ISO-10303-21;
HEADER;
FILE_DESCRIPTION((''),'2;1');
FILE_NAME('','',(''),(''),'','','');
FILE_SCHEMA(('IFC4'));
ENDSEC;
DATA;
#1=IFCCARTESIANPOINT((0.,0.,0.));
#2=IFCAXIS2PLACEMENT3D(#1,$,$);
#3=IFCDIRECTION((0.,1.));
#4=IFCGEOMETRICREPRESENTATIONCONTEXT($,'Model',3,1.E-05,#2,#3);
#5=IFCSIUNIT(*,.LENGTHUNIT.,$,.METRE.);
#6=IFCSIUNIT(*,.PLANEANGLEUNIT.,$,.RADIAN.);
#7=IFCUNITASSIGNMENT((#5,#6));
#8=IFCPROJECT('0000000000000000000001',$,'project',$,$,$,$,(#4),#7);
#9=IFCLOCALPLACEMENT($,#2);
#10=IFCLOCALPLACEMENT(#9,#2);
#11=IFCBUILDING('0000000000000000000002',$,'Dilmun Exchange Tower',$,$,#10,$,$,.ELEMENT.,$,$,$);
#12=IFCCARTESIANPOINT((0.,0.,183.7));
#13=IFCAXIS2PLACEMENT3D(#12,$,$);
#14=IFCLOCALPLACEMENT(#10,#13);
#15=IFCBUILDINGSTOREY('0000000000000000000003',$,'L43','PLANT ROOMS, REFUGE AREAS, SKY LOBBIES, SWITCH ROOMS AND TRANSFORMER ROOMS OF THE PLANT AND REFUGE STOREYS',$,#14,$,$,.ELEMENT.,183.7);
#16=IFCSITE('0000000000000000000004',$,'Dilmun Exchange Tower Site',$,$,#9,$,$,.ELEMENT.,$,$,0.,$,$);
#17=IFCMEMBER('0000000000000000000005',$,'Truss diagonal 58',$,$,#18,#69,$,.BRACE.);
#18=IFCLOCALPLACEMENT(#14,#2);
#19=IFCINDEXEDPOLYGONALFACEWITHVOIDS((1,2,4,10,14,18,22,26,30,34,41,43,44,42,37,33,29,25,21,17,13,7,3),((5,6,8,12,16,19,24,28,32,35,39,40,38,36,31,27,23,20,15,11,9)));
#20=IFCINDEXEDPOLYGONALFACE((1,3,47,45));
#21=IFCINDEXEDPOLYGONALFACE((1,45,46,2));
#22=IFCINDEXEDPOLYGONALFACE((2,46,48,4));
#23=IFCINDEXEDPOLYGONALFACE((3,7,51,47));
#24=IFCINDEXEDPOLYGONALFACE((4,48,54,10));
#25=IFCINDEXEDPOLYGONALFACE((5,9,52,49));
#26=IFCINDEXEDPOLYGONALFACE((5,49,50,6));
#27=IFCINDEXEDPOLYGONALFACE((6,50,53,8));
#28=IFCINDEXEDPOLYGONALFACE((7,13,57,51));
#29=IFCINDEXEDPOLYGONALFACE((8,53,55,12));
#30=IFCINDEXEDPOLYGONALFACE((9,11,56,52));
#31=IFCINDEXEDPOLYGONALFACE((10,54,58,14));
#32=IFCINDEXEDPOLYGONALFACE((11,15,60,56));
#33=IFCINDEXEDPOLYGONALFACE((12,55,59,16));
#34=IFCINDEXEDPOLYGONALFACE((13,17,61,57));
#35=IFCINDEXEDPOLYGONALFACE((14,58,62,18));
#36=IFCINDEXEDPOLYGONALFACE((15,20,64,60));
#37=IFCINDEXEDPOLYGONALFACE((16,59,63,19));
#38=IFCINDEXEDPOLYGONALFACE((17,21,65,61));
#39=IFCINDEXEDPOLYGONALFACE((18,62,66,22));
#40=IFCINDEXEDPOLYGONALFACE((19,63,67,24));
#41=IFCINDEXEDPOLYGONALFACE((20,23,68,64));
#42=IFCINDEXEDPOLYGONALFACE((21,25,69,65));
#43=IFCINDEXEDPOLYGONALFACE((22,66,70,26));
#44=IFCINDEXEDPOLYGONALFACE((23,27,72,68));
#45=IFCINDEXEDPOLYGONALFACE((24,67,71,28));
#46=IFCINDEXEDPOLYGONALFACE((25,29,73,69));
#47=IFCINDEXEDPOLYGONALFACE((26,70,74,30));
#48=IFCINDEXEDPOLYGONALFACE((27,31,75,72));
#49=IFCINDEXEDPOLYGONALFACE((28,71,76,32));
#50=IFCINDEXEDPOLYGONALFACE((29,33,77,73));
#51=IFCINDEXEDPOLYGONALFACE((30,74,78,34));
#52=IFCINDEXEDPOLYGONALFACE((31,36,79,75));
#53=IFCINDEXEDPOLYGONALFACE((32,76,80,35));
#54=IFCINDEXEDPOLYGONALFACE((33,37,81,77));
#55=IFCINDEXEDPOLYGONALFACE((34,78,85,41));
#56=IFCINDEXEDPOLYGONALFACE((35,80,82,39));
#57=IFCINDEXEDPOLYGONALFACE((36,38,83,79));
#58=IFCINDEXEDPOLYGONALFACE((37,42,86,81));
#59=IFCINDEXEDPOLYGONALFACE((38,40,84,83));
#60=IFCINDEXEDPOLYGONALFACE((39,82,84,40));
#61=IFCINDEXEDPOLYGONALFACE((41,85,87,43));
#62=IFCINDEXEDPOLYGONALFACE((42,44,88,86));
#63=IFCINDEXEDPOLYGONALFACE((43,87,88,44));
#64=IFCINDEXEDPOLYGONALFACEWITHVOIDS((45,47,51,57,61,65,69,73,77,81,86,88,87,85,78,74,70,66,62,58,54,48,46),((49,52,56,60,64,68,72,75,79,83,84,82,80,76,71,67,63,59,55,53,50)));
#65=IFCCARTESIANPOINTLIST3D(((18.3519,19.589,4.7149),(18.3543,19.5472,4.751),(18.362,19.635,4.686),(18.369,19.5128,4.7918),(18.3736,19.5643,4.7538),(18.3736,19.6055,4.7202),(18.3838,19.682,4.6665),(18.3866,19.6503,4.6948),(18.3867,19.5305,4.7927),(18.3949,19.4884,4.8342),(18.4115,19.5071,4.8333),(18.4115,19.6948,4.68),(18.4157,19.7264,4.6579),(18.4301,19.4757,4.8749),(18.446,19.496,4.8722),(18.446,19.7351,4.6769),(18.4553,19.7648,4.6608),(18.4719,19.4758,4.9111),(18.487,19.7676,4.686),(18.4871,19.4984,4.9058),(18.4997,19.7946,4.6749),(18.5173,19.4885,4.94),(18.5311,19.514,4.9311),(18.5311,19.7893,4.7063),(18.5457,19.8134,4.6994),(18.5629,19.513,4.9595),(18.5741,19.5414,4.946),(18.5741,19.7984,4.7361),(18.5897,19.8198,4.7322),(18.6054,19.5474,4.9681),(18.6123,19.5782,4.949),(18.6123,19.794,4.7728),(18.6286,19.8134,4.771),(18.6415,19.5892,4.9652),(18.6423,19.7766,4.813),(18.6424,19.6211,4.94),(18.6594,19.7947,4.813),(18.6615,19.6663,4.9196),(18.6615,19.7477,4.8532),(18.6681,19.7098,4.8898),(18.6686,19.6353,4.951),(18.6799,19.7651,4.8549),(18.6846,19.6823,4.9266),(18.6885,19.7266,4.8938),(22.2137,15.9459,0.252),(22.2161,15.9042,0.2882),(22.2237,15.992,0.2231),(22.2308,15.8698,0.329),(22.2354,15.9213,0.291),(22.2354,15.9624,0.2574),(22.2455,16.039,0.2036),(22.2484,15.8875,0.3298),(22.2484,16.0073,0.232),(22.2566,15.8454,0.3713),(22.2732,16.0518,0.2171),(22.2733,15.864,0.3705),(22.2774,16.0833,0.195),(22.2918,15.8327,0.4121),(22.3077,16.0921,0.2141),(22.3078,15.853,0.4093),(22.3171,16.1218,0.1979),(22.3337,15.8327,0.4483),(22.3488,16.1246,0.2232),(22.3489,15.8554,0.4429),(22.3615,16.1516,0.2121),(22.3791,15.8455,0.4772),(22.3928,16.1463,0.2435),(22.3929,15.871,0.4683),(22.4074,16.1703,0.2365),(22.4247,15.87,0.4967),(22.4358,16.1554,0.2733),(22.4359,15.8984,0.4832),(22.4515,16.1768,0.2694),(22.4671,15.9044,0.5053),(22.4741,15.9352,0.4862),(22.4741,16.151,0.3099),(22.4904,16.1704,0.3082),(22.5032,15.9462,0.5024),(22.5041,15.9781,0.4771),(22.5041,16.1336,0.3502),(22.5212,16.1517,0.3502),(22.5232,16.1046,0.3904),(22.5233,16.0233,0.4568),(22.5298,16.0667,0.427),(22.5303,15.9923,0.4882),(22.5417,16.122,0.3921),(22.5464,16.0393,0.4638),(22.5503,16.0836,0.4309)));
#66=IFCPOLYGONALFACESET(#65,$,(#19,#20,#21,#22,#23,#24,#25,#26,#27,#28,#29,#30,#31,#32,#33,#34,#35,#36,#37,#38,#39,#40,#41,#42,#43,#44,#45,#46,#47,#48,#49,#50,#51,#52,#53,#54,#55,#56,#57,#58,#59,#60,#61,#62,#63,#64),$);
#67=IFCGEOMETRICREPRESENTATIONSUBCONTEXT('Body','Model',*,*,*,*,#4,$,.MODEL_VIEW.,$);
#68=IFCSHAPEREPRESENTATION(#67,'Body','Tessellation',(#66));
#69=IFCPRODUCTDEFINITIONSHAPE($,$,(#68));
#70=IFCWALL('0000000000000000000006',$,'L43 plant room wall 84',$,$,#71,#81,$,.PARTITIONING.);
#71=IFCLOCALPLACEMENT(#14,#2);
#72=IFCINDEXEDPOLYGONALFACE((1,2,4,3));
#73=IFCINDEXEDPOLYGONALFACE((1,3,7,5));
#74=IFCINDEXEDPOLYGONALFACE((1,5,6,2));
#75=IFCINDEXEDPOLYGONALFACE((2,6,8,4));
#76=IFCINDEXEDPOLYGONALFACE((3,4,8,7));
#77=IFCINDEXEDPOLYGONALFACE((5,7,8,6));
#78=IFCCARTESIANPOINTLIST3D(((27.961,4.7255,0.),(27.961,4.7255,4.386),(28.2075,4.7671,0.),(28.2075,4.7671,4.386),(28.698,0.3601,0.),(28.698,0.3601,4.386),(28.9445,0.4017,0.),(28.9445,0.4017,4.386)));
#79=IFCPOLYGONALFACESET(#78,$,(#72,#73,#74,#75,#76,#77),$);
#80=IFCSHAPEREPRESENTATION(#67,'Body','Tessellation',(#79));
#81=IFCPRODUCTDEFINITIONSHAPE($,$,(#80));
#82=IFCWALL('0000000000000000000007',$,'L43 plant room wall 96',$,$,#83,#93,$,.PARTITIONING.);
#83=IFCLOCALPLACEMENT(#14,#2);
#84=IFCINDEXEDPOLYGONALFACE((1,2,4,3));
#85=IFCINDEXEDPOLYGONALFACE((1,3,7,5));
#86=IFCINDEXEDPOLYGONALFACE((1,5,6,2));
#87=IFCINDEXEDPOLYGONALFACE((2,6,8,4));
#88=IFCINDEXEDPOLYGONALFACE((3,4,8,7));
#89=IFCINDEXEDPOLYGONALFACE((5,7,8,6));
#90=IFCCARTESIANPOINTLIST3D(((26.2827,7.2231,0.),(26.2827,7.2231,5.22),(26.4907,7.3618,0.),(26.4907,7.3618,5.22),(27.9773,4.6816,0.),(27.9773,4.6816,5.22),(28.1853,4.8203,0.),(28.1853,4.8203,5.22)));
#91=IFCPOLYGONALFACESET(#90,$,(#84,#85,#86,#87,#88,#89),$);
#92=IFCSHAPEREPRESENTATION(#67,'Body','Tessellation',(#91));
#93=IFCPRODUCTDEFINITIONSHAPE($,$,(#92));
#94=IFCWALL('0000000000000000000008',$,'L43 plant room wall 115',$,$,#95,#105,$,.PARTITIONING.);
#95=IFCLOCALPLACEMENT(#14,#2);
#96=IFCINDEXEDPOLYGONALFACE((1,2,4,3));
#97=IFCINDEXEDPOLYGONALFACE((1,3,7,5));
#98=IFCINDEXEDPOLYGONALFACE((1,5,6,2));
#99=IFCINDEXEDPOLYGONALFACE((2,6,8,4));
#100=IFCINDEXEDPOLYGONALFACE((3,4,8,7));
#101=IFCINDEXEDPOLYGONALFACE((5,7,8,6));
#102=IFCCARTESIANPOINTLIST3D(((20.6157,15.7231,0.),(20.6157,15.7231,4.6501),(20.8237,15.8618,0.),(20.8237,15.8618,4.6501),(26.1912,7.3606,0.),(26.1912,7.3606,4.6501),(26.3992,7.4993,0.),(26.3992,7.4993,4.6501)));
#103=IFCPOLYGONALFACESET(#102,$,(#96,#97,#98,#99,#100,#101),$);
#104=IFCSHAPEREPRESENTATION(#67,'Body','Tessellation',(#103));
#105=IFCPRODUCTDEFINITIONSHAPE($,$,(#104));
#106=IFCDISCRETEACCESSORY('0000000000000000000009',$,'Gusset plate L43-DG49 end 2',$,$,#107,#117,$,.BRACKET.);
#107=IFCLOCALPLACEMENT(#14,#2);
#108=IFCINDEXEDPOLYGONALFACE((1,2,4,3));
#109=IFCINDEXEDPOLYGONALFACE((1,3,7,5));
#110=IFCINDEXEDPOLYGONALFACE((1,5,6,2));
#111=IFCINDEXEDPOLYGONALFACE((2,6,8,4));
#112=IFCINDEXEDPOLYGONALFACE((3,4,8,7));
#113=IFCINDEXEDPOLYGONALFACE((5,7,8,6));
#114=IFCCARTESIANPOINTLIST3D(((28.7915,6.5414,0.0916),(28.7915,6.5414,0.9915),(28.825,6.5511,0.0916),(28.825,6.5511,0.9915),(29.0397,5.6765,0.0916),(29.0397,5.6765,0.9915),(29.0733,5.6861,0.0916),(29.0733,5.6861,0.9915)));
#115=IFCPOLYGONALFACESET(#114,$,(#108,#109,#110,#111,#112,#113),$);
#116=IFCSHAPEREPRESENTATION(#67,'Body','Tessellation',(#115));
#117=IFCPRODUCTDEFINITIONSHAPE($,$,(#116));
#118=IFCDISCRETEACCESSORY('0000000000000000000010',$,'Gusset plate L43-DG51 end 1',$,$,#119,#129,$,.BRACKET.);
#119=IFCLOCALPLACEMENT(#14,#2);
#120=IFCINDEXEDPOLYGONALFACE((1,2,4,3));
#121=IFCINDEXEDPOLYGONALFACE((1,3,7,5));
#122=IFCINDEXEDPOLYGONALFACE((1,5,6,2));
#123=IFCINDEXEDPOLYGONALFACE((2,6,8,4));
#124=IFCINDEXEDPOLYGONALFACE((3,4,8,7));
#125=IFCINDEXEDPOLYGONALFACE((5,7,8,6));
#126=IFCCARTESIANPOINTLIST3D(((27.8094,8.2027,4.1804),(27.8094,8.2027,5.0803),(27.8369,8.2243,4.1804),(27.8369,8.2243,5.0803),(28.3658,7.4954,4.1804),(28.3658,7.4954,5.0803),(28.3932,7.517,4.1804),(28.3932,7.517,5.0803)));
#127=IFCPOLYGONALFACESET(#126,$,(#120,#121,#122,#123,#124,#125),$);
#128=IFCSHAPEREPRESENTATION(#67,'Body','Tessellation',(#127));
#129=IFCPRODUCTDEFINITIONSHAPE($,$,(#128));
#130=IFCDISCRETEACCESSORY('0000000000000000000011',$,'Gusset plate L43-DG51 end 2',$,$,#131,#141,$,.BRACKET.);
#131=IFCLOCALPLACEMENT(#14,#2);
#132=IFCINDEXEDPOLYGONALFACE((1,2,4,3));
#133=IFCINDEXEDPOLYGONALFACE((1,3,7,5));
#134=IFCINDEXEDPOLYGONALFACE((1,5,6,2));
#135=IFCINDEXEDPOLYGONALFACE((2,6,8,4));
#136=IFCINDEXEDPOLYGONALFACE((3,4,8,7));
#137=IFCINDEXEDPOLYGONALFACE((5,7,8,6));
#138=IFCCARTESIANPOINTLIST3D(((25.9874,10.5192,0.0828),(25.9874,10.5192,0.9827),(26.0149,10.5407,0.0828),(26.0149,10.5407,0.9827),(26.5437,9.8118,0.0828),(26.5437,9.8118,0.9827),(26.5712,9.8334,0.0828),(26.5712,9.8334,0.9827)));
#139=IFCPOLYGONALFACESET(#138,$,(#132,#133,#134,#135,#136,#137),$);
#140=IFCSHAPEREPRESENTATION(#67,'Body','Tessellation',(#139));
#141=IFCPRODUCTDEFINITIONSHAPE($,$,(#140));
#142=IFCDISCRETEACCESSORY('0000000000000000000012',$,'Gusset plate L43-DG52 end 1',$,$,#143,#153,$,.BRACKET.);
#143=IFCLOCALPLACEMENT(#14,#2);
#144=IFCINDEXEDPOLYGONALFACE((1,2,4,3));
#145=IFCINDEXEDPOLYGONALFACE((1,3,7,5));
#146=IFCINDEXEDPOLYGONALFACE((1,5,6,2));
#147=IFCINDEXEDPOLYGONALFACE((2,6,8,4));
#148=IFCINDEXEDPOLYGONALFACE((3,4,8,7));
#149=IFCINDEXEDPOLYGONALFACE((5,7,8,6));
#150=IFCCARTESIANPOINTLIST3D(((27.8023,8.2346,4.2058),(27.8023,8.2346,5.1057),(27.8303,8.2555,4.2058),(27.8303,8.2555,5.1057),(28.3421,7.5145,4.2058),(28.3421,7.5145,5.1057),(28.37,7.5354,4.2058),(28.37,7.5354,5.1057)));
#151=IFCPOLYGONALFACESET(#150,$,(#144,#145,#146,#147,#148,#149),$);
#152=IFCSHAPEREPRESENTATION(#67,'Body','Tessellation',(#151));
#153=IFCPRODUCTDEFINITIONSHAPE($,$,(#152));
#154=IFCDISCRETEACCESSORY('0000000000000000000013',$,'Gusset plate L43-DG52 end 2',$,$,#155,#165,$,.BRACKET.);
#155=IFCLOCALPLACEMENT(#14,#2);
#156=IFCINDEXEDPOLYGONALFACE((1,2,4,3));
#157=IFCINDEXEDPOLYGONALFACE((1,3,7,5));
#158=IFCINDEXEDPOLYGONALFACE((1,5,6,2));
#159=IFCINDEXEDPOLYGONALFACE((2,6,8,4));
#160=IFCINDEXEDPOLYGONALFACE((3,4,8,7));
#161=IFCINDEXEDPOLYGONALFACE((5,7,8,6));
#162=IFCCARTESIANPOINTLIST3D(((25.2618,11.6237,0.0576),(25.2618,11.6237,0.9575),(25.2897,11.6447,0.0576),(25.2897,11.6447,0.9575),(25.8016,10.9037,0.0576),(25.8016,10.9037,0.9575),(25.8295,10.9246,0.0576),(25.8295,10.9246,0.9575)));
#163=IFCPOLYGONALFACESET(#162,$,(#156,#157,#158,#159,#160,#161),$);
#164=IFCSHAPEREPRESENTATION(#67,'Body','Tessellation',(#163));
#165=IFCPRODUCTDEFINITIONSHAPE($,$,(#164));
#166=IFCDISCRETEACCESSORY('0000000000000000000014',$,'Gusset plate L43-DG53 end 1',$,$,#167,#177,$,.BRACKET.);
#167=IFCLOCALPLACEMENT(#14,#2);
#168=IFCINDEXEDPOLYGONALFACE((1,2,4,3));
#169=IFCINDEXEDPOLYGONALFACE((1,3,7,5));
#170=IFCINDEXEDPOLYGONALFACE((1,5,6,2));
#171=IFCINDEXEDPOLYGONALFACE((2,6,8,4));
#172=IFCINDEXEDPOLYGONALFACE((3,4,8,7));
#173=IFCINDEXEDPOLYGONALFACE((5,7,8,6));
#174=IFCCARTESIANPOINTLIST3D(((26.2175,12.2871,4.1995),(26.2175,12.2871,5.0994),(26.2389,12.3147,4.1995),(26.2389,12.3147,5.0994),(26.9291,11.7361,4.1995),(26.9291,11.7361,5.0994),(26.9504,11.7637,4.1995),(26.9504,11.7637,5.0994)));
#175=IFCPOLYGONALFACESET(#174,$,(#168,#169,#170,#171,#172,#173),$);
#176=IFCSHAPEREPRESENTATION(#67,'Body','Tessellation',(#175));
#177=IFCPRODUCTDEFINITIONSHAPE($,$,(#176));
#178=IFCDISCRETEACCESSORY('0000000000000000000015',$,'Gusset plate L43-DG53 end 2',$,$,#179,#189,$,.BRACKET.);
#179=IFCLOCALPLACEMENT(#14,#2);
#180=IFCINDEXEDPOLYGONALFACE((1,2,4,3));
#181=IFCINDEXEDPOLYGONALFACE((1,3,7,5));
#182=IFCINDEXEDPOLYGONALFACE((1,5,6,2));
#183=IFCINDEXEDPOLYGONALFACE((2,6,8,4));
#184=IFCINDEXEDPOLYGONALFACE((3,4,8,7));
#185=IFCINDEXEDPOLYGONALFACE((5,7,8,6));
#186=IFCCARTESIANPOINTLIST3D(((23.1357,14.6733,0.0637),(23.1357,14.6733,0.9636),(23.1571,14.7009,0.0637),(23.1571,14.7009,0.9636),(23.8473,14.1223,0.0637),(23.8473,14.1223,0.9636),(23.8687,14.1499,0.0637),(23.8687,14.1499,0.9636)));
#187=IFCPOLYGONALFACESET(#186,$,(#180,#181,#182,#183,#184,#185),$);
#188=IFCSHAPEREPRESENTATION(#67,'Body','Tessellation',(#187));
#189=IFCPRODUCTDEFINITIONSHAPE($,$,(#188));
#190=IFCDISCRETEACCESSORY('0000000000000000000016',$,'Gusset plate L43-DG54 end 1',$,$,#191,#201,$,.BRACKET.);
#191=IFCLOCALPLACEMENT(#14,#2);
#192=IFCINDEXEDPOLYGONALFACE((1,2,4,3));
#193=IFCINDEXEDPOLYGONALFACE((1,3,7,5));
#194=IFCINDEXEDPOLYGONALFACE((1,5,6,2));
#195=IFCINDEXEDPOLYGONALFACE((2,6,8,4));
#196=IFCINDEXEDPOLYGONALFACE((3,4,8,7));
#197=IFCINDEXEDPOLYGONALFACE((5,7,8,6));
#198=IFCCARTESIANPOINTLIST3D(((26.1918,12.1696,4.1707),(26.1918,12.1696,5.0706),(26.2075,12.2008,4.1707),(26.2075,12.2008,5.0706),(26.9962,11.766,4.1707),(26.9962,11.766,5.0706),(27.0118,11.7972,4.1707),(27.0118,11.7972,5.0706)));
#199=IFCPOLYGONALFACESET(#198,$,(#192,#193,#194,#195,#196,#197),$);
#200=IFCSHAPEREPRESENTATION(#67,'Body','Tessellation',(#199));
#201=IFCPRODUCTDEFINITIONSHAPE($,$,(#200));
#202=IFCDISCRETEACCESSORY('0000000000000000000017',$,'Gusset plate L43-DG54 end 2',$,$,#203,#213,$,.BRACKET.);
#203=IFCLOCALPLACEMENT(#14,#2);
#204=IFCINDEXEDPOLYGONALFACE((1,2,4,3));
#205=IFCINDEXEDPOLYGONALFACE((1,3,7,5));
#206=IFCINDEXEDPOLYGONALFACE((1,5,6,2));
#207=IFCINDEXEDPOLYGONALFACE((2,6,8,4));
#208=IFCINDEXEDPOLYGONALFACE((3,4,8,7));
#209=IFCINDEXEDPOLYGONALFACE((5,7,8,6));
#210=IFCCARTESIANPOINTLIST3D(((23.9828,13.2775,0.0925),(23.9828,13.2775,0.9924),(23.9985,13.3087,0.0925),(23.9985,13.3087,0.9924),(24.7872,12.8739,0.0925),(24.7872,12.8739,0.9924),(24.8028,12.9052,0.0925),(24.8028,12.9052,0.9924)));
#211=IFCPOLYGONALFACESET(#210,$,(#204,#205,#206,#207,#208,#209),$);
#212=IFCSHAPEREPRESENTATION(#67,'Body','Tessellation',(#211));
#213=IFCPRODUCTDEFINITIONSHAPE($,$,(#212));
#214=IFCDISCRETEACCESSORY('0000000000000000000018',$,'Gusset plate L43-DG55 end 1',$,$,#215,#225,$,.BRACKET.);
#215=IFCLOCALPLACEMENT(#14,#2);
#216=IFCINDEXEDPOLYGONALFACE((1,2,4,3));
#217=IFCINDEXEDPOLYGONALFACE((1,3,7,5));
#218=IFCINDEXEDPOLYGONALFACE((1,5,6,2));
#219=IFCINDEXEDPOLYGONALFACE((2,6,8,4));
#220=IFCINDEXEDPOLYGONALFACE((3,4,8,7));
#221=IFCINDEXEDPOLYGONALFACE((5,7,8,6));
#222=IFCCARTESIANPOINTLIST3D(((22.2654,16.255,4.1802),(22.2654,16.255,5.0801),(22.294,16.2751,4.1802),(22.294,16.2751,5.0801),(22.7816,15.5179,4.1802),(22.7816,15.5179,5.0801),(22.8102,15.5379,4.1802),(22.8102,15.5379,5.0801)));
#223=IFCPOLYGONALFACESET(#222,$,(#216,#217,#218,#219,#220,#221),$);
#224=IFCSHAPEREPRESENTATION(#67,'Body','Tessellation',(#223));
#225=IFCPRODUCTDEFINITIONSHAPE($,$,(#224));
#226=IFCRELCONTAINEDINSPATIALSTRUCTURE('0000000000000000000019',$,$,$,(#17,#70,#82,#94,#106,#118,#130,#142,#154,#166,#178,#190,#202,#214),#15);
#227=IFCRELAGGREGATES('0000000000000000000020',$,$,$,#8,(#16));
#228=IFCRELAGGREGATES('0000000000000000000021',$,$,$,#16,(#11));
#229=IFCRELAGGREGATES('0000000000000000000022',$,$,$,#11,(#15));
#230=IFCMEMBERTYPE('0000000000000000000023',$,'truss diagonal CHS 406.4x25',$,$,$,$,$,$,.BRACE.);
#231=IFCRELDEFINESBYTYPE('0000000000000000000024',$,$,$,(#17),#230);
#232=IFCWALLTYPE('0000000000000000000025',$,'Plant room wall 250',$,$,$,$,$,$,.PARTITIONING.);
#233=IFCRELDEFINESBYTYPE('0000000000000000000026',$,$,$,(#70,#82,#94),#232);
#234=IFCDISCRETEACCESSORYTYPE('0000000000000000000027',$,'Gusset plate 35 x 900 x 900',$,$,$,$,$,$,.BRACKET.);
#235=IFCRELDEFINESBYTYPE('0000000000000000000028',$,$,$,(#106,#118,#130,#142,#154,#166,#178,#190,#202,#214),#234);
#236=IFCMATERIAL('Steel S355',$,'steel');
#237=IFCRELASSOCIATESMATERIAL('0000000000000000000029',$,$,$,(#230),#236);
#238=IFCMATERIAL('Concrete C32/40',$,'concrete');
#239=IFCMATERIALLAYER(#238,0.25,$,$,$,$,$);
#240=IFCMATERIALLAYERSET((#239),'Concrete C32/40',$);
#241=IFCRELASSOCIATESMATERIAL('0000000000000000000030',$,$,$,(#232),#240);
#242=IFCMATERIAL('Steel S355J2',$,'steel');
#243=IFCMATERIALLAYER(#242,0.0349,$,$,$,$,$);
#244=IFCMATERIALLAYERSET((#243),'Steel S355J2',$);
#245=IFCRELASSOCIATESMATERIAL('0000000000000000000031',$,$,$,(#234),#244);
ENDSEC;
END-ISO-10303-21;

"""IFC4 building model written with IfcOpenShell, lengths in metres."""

from ifc_helpers import new_model, si_unit, direction, frame, frame_2d, origin, origin_2d, place, context, subcontext, project, spatial, rectangle, hollow_circle, extrude, material, layer, layer_set, material_profile, profile_set, type_object, element, save


model = new_model("IFC4")

# Units and contexts
model_context = context("Model", 3, precision=1e-05, world=origin(), true_north=direction((0.0, 1.0)))
body_context = subcontext(model_context, "Body", "Model", "MODEL_VIEW")
ifc_project = project(units=[si_unit("LENGTHUNIT", "METRE"), si_unit("PLANEANGLEUNIT", "RADIAN")], contexts=[model_context])

# Site, building, storey
site_placement = place(None, origin())
site = spatial("IfcSite", under=ifc_project, at=site_placement, Name="Dilmun Exchange Tower Site", CompositionType="ELEMENT", RefElevation=0.0)
building_placement = place(site_placement, origin())
building = spatial("IfcBuilding", under=site, at=building_placement, Name="Dilmun Exchange Tower", CompositionType="ELEMENT")
storey_placement = place(building_placement, frame((0.0, 0.0, 183.7)))
storey = spatial("IfcBuildingStorey", under=building, at=storey_placement, Name="L43", Description="PLANT ROOMS, REFUGE AREAS, SKY LOBBIES, SWITCH ROOMS AND TRANSFORMER ROOMS OF THE PLANT AND REFUGE STOREYS", CompositionType="ELEMENT", Elevation=183.7)

# Shared definitions
ifc_material_1 = material(Name="Steel S355", Category="steel")

# Member
ifc_material_profile_1 = material_profile(ifc_material_1, hollow_circle(Radius=0.2031, WallThickness=0.0249, at=origin_2d()), Name="CHS 406.4x25")
ifc_profile_set_1 = profile_set([ifc_material_profile_1], Name="Steel S355")
member_type = type_object("IfcMemberType", Name="truss diagonal CHS 406.4x25", PredefinedType="BRACE", material=ifc_profile_set_1)
member_1_placement = place(storey_placement, frame((18.52, 19.647, 4.813), z_axis=(0.556808, -0.525268, -0.643473), x_axis=(0.686205, 0.727408, 0.0)))
element("IfcMember", 1, at=member_1_placement, inside=storey, type_object=member_type, Name="Truss diagonal 58", PredefinedType="BRACE", context=body_context, shape_type="SweptSolid", body=[
    extrude(hollow_circle(Radius=0.2031, WallThickness=0.0249, at=origin_2d()), origin(), (0.0, 0.0, 1.0), 6.9355),
])

# Walls
ifc_material_2 = material(Name="Concrete C32/40", Category="concrete")
ifc_layer_1 = layer(ifc_material_2, 0.25)
ifc_layer_set_1 = layer_set([ifc_layer_1], Name="Concrete C32/40")
wall_type = type_object("IfcWallType", Name="Plant room wall 250", PredefinedType="PARTITIONING", material=ifc_layer_set_1)
wall_1_placement = place(storey_placement, frame((28.0842, 4.7463, 0.0), z_axis=(0.0, 0.0, 1.0), x_axis=(0.166482, -0.986044, 0.0)))
element("IfcWall", 2, at=wall_1_placement, inside=storey, type_object=wall_type, Name="L43 plant room wall 84", PredefinedType="PARTITIONING", context=body_context, shape_type="SweptSolid", body=[
    extrude(rectangle(XDim=4.4272, YDim=0.25, at=frame_2d((2.2136, 0.0))), origin(), (0.0, 0.0, 1.0), 4.386),
])
wall_2_placement = place(storey_placement, frame((26.3867, 7.2925, 0.0), z_axis=(0.0, 0.0, 1.0), x_axis=(0.554756, -0.832013, 0.0)))
element("IfcWall", 3, at=wall_2_placement, inside=storey, type_object=wall_type, Name="L43 plant room wall 96", PredefinedType="PARTITIONING", context=body_context, shape_type="SweptSolid", body=[
    extrude(rectangle(XDim=3.0547, YDim=0.25, at=frame_2d((1.5273, 0.0))), origin(), (0.0, 0.0, 1.0), 5.22),
])
wall_3_placement = place(storey_placement, frame((20.7197, 15.7925, 0.0), z_axis=(0.0, 0.0, 1.0), x_axis=(0.554728, -0.832032, 0.0)))
element("IfcWall", 4, at=wall_3_placement, inside=storey, type_object=wall_type, Name="L43 plant room wall 115", PredefinedType="PARTITIONING", context=body_context, shape_type="SweptSolid", body=[
    extrude(rectangle(XDim=10.0508, YDim=0.25, at=frame_2d((5.0254, 0.0))), origin(), (0.0, 0.0, 1.0), 4.6501),
])

# Discrete accessories
ifc_material_3 = material(Name="Steel S355J2", Category="steel")
ifc_layer_2 = layer(ifc_material_3, 0.0349)
ifc_layer_set_2 = layer_set([ifc_layer_2], Name="Steel S355J2")
discrete_accessory_type = type_object("IfcDiscreteAccessoryType", Name="Gusset plate 35 x 900 x 900", PredefinedType="BRACKET", material=ifc_layer_set_2)
for number, where, z_axis, x_axis, name in (
    (5, (28.9324, 6.1138, 0.0916), (0.0, 0.0, 1.0), (-0.275872, 0.961194, 0.0), "Gusset plate L43-DG49 end 2"),
    (6, (28.1013, 7.8599, 4.1804), (0.0, 0.0, 1.0), (-0.618196, 0.786024, 0.0), "Gusset plate L43-DG51 end 1"),
    (7, (26.2793, 10.1763, 0.0828), (0.0, 0.0, 1.0), (-0.618196, 0.786024, 0.0), "Gusset plate L43-DG51 end 2"),
    (8, (28.0862, 7.885, 4.2058), (0.0, 0.0, 1.0), (-0.599786, 0.80016, 0.0), "Gusset plate L43-DG52 end 1"),
    (9, (25.5457, 11.2742, 0.0576), (0.0, 0.0, 1.0), (-0.599786, 0.80016, 0.0), "Gusset plate L43-DG52 end 2"),
    (10, (26.584, 12.0254, 4.1995), (0.0, 0.0, 1.0), (-0.790679, 0.612231, 0.0), "Gusset plate L43-DG53 end 1"),
    (11, (23.5022, 14.4116, 0.0637), (0.0, 0.0, 1.0), (-0.790679, 0.612231, 0.0), "Gusset plate L43-DG53 end 2"),
    (12, (26.6018, 11.9834, 4.1707), (0.0, 0.0, 1.0), (-0.893835, 0.448396, 0.0), "Gusset plate L43-DG54 end 1"),
    (13, (24.3928, 13.0913, 0.0925), (0.0, 0.0, 1.0), (-0.893835, 0.448396, 0.0), "Gusset plate L43-DG54 end 2"),
    (14, (22.5378, 15.8965, 4.1802), (0.0, 0.0, 1.0), (-0.573602, 0.819134, 0.0), "Gusset plate L43-DG55 end 1"),
):
    element("IfcDiscreteAccessory", number, at=place(storey_placement, frame(where, z_axis=z_axis, x_axis=x_axis)), inside=storey, type_object=discrete_accessory_type, Name=name, PredefinedType="BRACKET", context=body_context, shape_type="SweptSolid", body=[
        extrude(rectangle(XDim=0.8999, YDim=0.0349, at=origin_2d()), origin(), (0.0, 0.0, 1.0), 0.8999),
    ])

save(model, "model.ifc")
